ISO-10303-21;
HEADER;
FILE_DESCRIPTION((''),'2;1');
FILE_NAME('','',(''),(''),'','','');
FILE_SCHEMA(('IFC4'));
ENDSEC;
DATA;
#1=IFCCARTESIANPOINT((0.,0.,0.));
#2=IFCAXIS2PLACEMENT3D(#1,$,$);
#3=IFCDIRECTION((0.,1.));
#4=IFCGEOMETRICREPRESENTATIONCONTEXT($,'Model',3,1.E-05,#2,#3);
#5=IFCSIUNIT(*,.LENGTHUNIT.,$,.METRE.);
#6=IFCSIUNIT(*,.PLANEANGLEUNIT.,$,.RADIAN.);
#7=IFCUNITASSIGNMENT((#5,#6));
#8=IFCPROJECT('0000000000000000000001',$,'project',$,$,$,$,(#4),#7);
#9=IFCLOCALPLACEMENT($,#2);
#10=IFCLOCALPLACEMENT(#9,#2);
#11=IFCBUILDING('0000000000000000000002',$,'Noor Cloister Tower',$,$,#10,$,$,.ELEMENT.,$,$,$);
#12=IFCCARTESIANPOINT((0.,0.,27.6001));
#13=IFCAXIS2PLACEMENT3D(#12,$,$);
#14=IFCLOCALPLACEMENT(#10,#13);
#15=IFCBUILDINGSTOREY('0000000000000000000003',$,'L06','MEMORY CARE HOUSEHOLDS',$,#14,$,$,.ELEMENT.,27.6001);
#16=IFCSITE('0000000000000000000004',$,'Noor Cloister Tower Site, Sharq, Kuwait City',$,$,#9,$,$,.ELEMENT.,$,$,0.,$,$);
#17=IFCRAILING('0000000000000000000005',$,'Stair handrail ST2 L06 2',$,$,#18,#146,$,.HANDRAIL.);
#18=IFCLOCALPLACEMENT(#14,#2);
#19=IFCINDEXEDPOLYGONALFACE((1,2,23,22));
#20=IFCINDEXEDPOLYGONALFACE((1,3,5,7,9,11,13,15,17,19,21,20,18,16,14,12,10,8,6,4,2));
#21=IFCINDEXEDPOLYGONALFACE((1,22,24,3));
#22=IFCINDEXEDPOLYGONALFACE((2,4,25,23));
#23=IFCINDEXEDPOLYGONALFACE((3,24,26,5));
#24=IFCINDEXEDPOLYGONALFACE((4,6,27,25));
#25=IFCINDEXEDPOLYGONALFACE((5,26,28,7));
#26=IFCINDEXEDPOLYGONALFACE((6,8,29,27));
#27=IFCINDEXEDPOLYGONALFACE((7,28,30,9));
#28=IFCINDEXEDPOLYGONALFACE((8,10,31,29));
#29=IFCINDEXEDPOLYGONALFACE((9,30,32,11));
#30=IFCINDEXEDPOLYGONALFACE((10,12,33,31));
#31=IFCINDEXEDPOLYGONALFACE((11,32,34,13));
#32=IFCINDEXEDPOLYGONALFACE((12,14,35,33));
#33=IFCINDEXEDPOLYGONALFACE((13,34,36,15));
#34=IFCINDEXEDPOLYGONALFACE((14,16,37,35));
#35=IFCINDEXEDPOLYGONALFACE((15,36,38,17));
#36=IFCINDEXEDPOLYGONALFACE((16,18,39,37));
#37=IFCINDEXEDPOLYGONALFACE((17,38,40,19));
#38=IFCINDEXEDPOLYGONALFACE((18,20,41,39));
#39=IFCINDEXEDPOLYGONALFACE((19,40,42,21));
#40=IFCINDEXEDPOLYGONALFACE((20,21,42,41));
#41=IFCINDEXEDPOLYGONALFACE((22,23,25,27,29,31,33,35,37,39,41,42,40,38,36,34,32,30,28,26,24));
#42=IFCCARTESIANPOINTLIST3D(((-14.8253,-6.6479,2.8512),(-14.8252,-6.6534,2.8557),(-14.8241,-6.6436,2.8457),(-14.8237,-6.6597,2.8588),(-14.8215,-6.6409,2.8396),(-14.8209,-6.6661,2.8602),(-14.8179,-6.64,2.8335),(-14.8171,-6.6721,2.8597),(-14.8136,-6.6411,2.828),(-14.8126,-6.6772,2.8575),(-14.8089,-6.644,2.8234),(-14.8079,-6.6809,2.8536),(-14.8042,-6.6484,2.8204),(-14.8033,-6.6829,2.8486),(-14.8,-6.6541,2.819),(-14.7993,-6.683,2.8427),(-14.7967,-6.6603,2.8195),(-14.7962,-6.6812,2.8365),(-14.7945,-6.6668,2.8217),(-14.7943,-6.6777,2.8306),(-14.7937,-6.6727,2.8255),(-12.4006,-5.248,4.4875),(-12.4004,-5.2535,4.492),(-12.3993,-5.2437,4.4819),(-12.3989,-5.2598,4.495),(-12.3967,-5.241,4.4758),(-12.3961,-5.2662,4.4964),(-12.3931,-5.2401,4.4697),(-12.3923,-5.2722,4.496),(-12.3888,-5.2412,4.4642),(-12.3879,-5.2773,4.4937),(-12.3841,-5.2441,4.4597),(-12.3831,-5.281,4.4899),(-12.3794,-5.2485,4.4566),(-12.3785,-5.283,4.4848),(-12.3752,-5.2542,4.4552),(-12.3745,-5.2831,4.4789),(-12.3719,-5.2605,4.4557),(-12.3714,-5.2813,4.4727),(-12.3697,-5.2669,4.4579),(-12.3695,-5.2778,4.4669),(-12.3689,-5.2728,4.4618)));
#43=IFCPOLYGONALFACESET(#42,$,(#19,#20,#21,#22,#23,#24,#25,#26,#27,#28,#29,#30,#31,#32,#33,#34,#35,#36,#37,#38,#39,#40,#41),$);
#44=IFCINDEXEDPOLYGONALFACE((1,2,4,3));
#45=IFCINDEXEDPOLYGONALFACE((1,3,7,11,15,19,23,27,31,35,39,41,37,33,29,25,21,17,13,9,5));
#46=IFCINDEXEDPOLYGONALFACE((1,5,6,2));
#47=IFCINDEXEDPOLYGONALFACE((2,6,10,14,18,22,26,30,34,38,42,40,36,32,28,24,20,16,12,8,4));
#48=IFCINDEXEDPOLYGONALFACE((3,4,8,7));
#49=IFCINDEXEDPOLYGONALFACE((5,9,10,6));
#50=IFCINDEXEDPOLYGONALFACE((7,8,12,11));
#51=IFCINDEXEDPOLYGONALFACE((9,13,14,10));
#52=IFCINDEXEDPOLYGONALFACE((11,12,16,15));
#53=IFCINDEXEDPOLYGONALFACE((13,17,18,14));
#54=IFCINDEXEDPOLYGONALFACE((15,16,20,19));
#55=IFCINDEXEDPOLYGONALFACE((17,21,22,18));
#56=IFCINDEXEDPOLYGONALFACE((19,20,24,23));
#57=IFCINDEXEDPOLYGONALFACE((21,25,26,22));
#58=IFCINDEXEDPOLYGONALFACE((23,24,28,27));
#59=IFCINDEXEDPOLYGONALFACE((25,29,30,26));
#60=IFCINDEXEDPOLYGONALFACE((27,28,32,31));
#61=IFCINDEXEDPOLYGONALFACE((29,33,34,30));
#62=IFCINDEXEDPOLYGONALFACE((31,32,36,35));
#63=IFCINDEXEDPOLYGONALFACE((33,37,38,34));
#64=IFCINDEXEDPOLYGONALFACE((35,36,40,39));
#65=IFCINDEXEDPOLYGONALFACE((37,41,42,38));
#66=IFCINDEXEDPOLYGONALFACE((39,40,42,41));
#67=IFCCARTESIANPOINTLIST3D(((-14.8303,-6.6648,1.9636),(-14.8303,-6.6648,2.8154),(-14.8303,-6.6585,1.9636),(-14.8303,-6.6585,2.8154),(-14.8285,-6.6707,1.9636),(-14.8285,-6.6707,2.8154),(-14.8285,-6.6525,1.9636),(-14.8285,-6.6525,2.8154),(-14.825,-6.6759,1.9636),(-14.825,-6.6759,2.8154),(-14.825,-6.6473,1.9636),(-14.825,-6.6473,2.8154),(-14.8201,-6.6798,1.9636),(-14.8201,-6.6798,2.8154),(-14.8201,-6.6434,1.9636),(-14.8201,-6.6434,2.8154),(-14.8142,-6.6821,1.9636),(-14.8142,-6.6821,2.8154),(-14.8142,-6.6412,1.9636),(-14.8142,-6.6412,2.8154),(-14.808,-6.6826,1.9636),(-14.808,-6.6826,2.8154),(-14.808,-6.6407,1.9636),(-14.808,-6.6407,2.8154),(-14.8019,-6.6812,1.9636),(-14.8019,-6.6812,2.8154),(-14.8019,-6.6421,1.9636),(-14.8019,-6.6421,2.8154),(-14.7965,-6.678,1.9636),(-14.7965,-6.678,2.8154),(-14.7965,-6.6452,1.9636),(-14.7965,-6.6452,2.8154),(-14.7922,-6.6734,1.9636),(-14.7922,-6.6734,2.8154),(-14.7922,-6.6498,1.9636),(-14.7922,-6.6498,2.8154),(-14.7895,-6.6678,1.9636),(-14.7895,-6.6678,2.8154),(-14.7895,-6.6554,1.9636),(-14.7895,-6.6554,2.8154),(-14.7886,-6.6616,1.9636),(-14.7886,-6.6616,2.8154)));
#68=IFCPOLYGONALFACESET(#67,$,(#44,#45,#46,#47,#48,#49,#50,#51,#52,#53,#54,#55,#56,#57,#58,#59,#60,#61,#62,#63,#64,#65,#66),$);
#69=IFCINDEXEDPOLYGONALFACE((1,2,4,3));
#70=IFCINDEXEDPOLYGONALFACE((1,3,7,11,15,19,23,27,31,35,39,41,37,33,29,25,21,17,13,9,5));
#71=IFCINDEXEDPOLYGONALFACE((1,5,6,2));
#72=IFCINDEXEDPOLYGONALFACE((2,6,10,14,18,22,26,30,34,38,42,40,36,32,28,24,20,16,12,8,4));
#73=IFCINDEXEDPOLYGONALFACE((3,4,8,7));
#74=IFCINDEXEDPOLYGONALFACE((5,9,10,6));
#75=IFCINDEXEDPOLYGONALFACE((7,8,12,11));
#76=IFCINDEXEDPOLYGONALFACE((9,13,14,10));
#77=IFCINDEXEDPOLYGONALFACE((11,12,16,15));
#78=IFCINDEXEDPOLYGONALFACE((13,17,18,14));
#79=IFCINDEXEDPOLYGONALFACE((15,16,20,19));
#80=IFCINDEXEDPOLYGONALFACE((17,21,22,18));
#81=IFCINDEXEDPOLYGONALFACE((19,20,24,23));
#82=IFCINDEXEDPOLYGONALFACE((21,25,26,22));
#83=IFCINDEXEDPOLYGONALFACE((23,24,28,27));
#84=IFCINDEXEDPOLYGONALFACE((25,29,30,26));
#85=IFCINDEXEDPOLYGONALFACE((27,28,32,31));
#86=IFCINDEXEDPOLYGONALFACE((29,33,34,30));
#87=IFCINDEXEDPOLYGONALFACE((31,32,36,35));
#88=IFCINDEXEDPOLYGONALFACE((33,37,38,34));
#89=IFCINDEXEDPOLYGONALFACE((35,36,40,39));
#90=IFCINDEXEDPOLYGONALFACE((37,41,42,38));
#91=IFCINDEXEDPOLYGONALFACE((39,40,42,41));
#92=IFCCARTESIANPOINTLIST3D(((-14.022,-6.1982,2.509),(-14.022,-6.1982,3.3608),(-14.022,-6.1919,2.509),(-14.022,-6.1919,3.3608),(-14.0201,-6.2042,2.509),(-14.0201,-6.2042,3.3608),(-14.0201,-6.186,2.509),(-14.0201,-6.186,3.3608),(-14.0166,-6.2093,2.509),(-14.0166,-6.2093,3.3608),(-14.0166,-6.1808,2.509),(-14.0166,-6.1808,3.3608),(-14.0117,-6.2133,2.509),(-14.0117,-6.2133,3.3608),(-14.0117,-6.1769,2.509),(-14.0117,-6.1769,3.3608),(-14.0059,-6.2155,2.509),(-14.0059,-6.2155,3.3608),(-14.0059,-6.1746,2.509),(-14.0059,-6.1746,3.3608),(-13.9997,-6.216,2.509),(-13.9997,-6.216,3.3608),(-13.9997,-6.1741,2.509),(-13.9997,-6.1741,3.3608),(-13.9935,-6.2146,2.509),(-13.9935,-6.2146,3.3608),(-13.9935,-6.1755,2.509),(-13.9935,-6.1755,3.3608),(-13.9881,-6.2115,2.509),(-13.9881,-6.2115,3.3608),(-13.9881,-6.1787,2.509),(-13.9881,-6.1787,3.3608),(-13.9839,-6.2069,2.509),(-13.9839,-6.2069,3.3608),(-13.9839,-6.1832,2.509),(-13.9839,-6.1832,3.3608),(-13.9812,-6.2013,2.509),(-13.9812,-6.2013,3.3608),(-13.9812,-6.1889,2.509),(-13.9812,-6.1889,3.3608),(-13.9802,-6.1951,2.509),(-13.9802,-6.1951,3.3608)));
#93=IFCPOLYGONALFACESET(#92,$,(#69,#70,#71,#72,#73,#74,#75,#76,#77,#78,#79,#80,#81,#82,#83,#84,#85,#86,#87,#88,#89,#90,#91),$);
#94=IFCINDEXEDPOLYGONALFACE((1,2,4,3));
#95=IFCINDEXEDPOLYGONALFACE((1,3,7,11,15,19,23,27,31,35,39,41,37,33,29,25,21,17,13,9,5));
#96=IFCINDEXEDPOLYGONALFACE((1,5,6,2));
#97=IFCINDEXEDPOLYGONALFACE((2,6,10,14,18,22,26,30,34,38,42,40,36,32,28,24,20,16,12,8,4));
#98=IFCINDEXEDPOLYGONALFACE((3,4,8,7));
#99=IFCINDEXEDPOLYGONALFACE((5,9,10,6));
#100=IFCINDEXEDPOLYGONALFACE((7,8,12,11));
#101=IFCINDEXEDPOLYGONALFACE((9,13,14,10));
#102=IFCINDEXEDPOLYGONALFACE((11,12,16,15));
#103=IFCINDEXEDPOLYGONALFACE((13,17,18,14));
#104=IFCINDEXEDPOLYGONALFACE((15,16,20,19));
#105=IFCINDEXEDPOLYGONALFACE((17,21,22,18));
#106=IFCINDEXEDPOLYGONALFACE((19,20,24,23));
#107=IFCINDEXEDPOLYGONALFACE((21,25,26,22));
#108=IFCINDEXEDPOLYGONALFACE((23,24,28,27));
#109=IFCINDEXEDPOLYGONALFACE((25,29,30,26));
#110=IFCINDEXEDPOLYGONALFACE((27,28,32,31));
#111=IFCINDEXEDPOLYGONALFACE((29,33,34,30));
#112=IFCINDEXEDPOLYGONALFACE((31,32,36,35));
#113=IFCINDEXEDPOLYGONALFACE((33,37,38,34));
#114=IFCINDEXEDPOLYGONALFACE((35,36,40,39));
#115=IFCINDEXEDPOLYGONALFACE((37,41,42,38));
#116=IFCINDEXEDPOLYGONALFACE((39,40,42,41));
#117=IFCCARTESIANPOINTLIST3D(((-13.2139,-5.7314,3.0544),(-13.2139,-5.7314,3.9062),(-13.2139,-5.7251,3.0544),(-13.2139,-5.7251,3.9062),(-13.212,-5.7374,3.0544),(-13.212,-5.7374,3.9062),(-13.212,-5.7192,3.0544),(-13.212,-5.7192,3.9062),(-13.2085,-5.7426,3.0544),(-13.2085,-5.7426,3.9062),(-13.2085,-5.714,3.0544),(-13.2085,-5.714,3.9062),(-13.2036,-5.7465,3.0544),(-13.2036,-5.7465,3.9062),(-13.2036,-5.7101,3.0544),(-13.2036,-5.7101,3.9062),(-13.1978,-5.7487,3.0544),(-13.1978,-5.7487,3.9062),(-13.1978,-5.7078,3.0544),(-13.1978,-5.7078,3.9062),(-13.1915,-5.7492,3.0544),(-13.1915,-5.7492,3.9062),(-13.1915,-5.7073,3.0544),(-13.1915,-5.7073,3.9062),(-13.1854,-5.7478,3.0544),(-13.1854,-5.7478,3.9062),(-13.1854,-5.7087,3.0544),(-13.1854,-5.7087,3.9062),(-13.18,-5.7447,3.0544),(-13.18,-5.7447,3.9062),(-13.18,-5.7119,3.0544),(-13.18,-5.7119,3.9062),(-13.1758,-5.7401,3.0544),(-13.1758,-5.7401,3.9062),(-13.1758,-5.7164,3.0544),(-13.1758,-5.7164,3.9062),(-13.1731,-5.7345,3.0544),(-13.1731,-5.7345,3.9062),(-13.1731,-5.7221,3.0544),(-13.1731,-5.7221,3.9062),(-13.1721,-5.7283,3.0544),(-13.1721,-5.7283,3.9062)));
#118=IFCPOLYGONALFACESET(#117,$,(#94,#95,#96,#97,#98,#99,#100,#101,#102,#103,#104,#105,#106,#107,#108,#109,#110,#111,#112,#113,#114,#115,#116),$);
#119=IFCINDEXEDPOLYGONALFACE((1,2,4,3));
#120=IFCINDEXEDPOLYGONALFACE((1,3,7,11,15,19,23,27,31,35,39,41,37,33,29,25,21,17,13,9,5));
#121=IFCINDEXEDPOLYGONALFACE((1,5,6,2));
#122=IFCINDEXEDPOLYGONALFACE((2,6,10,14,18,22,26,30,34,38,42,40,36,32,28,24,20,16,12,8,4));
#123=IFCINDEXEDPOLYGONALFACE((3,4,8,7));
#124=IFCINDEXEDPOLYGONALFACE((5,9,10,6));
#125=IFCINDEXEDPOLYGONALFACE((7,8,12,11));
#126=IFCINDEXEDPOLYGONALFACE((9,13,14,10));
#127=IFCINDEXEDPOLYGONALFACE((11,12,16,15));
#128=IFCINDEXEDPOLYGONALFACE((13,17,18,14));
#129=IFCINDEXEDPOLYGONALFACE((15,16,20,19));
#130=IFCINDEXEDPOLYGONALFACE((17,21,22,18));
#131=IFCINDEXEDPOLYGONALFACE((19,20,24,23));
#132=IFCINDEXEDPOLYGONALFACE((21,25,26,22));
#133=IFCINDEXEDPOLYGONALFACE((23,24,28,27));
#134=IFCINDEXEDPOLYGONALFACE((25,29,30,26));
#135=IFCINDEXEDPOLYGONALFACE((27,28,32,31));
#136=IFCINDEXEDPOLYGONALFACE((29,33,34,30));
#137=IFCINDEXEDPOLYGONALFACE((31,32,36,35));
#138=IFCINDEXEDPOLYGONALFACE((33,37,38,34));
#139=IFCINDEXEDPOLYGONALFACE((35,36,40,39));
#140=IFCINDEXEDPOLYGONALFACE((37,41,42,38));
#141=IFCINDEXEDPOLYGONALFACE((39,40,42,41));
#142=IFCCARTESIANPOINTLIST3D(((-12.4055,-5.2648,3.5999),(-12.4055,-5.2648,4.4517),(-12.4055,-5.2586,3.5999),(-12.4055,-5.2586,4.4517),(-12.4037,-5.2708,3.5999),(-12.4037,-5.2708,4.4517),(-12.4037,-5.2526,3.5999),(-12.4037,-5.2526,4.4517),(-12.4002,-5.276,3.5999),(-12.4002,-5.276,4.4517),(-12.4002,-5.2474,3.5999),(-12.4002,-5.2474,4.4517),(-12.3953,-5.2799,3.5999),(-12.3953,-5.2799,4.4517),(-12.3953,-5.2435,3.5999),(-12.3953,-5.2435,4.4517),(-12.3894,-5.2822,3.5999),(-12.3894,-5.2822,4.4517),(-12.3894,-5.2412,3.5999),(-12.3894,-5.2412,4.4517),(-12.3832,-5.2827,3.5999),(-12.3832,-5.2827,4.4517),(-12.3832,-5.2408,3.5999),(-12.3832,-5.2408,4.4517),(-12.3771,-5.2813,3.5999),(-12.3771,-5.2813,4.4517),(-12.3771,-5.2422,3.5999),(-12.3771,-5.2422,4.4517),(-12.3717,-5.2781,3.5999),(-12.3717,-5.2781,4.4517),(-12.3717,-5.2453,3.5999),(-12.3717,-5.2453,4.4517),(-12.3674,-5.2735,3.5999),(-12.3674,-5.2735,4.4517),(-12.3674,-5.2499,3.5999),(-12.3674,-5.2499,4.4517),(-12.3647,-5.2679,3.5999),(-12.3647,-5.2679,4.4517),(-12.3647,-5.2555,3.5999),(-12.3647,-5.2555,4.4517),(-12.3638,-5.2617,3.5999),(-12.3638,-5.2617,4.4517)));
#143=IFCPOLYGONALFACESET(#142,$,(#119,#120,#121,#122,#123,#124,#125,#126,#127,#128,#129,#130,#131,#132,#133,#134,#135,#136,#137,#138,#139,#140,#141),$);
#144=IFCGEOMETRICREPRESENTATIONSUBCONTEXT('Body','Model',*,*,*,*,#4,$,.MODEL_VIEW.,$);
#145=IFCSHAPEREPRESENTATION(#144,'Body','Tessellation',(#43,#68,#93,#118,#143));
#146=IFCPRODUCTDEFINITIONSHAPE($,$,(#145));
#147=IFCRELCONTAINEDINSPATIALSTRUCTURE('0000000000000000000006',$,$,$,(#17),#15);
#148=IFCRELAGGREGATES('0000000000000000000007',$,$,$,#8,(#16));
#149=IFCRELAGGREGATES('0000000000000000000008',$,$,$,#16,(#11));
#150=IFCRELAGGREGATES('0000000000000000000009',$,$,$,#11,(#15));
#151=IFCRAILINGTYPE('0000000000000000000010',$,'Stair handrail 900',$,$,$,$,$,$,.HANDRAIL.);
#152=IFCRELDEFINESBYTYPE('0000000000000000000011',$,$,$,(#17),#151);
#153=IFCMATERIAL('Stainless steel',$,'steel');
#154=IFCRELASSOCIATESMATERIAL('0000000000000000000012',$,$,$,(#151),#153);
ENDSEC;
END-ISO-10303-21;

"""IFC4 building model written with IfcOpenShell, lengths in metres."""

from ifc_helpers import new_model, si_unit, direction, frame, origin, origin_2d, place, context, subcontext, project, spatial, circle, extrude, material, type_object, element, save


model = new_model("IFC4")

# Units and contexts
model_context = context("Model", 3, precision=1e-05, world=origin(), true_north=direction((0.0, 1.0)))
body_context = subcontext(model_context, "Body", "Model", "MODEL_VIEW")
ifc_project = project(units=[si_unit("LENGTHUNIT", "METRE"), si_unit("PLANEANGLEUNIT", "RADIAN")], contexts=[model_context])

# Site, building, storey
site_placement = place(None, origin())
site = spatial("IfcSite", under=ifc_project, at=site_placement, Name="Noor Cloister Tower Site, Sharq, Kuwait City", CompositionType="ELEMENT", RefElevation=0.0)
building_placement = place(site_placement, origin())
building = spatial("IfcBuilding", under=site, at=building_placement, Name="Noor Cloister Tower", CompositionType="ELEMENT")
storey_placement = place(building_placement, frame((0.0, 0.0, 27.6001)))
storey = spatial("IfcBuildingStorey", under=building, at=storey_placement, Name="L06", Description="MEMORY CARE HOUSEHOLDS", CompositionType="ELEMENT", Elevation=27.6001)

# Railing
ifc_material_1 = material(Name="Stainless steel", Category="steel")
railing_type = type_object("IfcRailingType", Name="Stair handrail 900", PredefinedType="HANDRAIL", material=ifc_material_1)
railing_1_placement = place(storey_placement, frame((-14.8096, -6.6616, 1.9636)))
element("IfcRailing", 1, at=railing_1_placement, inside=storey, type_object=railing_type, Name="Stair handrail ST2 L06 2", PredefinedType="HANDRAIL", context=body_context, shape_type="SweptSolid", body=[
    extrude(circle(Radius=0.0239, at=origin_2d()), frame((0.0, 0.0, 0.876), z_axis=(0.747718, 0.431677, 0.504552), x_axis=(-0.499984, 0.866035, 0.0)), (0.0, 0.0, 1.0), 3.2429),
    extrude(circle(Radius=0.021, at=origin_2d()), origin(), (0.0, 0.0, 1.0), 0.8518),
    extrude(circle(Radius=0.021, at=origin_2d()), frame((0.8083, 0.4666, 0.5454)), (0.0, 0.0, 1.0), 0.8518),
    extrude(circle(Radius=0.021, at=origin_2d()), frame((1.6165, 0.9333, 1.0908)), (0.0, 0.0, 1.0), 0.8518),
    extrude(circle(Radius=0.021, at=origin_2d()), frame((2.4248, 1.3999, 1.6362)), (0.0, 0.0, 1.0), 0.8518),
])

save(model, "model.ifc")
